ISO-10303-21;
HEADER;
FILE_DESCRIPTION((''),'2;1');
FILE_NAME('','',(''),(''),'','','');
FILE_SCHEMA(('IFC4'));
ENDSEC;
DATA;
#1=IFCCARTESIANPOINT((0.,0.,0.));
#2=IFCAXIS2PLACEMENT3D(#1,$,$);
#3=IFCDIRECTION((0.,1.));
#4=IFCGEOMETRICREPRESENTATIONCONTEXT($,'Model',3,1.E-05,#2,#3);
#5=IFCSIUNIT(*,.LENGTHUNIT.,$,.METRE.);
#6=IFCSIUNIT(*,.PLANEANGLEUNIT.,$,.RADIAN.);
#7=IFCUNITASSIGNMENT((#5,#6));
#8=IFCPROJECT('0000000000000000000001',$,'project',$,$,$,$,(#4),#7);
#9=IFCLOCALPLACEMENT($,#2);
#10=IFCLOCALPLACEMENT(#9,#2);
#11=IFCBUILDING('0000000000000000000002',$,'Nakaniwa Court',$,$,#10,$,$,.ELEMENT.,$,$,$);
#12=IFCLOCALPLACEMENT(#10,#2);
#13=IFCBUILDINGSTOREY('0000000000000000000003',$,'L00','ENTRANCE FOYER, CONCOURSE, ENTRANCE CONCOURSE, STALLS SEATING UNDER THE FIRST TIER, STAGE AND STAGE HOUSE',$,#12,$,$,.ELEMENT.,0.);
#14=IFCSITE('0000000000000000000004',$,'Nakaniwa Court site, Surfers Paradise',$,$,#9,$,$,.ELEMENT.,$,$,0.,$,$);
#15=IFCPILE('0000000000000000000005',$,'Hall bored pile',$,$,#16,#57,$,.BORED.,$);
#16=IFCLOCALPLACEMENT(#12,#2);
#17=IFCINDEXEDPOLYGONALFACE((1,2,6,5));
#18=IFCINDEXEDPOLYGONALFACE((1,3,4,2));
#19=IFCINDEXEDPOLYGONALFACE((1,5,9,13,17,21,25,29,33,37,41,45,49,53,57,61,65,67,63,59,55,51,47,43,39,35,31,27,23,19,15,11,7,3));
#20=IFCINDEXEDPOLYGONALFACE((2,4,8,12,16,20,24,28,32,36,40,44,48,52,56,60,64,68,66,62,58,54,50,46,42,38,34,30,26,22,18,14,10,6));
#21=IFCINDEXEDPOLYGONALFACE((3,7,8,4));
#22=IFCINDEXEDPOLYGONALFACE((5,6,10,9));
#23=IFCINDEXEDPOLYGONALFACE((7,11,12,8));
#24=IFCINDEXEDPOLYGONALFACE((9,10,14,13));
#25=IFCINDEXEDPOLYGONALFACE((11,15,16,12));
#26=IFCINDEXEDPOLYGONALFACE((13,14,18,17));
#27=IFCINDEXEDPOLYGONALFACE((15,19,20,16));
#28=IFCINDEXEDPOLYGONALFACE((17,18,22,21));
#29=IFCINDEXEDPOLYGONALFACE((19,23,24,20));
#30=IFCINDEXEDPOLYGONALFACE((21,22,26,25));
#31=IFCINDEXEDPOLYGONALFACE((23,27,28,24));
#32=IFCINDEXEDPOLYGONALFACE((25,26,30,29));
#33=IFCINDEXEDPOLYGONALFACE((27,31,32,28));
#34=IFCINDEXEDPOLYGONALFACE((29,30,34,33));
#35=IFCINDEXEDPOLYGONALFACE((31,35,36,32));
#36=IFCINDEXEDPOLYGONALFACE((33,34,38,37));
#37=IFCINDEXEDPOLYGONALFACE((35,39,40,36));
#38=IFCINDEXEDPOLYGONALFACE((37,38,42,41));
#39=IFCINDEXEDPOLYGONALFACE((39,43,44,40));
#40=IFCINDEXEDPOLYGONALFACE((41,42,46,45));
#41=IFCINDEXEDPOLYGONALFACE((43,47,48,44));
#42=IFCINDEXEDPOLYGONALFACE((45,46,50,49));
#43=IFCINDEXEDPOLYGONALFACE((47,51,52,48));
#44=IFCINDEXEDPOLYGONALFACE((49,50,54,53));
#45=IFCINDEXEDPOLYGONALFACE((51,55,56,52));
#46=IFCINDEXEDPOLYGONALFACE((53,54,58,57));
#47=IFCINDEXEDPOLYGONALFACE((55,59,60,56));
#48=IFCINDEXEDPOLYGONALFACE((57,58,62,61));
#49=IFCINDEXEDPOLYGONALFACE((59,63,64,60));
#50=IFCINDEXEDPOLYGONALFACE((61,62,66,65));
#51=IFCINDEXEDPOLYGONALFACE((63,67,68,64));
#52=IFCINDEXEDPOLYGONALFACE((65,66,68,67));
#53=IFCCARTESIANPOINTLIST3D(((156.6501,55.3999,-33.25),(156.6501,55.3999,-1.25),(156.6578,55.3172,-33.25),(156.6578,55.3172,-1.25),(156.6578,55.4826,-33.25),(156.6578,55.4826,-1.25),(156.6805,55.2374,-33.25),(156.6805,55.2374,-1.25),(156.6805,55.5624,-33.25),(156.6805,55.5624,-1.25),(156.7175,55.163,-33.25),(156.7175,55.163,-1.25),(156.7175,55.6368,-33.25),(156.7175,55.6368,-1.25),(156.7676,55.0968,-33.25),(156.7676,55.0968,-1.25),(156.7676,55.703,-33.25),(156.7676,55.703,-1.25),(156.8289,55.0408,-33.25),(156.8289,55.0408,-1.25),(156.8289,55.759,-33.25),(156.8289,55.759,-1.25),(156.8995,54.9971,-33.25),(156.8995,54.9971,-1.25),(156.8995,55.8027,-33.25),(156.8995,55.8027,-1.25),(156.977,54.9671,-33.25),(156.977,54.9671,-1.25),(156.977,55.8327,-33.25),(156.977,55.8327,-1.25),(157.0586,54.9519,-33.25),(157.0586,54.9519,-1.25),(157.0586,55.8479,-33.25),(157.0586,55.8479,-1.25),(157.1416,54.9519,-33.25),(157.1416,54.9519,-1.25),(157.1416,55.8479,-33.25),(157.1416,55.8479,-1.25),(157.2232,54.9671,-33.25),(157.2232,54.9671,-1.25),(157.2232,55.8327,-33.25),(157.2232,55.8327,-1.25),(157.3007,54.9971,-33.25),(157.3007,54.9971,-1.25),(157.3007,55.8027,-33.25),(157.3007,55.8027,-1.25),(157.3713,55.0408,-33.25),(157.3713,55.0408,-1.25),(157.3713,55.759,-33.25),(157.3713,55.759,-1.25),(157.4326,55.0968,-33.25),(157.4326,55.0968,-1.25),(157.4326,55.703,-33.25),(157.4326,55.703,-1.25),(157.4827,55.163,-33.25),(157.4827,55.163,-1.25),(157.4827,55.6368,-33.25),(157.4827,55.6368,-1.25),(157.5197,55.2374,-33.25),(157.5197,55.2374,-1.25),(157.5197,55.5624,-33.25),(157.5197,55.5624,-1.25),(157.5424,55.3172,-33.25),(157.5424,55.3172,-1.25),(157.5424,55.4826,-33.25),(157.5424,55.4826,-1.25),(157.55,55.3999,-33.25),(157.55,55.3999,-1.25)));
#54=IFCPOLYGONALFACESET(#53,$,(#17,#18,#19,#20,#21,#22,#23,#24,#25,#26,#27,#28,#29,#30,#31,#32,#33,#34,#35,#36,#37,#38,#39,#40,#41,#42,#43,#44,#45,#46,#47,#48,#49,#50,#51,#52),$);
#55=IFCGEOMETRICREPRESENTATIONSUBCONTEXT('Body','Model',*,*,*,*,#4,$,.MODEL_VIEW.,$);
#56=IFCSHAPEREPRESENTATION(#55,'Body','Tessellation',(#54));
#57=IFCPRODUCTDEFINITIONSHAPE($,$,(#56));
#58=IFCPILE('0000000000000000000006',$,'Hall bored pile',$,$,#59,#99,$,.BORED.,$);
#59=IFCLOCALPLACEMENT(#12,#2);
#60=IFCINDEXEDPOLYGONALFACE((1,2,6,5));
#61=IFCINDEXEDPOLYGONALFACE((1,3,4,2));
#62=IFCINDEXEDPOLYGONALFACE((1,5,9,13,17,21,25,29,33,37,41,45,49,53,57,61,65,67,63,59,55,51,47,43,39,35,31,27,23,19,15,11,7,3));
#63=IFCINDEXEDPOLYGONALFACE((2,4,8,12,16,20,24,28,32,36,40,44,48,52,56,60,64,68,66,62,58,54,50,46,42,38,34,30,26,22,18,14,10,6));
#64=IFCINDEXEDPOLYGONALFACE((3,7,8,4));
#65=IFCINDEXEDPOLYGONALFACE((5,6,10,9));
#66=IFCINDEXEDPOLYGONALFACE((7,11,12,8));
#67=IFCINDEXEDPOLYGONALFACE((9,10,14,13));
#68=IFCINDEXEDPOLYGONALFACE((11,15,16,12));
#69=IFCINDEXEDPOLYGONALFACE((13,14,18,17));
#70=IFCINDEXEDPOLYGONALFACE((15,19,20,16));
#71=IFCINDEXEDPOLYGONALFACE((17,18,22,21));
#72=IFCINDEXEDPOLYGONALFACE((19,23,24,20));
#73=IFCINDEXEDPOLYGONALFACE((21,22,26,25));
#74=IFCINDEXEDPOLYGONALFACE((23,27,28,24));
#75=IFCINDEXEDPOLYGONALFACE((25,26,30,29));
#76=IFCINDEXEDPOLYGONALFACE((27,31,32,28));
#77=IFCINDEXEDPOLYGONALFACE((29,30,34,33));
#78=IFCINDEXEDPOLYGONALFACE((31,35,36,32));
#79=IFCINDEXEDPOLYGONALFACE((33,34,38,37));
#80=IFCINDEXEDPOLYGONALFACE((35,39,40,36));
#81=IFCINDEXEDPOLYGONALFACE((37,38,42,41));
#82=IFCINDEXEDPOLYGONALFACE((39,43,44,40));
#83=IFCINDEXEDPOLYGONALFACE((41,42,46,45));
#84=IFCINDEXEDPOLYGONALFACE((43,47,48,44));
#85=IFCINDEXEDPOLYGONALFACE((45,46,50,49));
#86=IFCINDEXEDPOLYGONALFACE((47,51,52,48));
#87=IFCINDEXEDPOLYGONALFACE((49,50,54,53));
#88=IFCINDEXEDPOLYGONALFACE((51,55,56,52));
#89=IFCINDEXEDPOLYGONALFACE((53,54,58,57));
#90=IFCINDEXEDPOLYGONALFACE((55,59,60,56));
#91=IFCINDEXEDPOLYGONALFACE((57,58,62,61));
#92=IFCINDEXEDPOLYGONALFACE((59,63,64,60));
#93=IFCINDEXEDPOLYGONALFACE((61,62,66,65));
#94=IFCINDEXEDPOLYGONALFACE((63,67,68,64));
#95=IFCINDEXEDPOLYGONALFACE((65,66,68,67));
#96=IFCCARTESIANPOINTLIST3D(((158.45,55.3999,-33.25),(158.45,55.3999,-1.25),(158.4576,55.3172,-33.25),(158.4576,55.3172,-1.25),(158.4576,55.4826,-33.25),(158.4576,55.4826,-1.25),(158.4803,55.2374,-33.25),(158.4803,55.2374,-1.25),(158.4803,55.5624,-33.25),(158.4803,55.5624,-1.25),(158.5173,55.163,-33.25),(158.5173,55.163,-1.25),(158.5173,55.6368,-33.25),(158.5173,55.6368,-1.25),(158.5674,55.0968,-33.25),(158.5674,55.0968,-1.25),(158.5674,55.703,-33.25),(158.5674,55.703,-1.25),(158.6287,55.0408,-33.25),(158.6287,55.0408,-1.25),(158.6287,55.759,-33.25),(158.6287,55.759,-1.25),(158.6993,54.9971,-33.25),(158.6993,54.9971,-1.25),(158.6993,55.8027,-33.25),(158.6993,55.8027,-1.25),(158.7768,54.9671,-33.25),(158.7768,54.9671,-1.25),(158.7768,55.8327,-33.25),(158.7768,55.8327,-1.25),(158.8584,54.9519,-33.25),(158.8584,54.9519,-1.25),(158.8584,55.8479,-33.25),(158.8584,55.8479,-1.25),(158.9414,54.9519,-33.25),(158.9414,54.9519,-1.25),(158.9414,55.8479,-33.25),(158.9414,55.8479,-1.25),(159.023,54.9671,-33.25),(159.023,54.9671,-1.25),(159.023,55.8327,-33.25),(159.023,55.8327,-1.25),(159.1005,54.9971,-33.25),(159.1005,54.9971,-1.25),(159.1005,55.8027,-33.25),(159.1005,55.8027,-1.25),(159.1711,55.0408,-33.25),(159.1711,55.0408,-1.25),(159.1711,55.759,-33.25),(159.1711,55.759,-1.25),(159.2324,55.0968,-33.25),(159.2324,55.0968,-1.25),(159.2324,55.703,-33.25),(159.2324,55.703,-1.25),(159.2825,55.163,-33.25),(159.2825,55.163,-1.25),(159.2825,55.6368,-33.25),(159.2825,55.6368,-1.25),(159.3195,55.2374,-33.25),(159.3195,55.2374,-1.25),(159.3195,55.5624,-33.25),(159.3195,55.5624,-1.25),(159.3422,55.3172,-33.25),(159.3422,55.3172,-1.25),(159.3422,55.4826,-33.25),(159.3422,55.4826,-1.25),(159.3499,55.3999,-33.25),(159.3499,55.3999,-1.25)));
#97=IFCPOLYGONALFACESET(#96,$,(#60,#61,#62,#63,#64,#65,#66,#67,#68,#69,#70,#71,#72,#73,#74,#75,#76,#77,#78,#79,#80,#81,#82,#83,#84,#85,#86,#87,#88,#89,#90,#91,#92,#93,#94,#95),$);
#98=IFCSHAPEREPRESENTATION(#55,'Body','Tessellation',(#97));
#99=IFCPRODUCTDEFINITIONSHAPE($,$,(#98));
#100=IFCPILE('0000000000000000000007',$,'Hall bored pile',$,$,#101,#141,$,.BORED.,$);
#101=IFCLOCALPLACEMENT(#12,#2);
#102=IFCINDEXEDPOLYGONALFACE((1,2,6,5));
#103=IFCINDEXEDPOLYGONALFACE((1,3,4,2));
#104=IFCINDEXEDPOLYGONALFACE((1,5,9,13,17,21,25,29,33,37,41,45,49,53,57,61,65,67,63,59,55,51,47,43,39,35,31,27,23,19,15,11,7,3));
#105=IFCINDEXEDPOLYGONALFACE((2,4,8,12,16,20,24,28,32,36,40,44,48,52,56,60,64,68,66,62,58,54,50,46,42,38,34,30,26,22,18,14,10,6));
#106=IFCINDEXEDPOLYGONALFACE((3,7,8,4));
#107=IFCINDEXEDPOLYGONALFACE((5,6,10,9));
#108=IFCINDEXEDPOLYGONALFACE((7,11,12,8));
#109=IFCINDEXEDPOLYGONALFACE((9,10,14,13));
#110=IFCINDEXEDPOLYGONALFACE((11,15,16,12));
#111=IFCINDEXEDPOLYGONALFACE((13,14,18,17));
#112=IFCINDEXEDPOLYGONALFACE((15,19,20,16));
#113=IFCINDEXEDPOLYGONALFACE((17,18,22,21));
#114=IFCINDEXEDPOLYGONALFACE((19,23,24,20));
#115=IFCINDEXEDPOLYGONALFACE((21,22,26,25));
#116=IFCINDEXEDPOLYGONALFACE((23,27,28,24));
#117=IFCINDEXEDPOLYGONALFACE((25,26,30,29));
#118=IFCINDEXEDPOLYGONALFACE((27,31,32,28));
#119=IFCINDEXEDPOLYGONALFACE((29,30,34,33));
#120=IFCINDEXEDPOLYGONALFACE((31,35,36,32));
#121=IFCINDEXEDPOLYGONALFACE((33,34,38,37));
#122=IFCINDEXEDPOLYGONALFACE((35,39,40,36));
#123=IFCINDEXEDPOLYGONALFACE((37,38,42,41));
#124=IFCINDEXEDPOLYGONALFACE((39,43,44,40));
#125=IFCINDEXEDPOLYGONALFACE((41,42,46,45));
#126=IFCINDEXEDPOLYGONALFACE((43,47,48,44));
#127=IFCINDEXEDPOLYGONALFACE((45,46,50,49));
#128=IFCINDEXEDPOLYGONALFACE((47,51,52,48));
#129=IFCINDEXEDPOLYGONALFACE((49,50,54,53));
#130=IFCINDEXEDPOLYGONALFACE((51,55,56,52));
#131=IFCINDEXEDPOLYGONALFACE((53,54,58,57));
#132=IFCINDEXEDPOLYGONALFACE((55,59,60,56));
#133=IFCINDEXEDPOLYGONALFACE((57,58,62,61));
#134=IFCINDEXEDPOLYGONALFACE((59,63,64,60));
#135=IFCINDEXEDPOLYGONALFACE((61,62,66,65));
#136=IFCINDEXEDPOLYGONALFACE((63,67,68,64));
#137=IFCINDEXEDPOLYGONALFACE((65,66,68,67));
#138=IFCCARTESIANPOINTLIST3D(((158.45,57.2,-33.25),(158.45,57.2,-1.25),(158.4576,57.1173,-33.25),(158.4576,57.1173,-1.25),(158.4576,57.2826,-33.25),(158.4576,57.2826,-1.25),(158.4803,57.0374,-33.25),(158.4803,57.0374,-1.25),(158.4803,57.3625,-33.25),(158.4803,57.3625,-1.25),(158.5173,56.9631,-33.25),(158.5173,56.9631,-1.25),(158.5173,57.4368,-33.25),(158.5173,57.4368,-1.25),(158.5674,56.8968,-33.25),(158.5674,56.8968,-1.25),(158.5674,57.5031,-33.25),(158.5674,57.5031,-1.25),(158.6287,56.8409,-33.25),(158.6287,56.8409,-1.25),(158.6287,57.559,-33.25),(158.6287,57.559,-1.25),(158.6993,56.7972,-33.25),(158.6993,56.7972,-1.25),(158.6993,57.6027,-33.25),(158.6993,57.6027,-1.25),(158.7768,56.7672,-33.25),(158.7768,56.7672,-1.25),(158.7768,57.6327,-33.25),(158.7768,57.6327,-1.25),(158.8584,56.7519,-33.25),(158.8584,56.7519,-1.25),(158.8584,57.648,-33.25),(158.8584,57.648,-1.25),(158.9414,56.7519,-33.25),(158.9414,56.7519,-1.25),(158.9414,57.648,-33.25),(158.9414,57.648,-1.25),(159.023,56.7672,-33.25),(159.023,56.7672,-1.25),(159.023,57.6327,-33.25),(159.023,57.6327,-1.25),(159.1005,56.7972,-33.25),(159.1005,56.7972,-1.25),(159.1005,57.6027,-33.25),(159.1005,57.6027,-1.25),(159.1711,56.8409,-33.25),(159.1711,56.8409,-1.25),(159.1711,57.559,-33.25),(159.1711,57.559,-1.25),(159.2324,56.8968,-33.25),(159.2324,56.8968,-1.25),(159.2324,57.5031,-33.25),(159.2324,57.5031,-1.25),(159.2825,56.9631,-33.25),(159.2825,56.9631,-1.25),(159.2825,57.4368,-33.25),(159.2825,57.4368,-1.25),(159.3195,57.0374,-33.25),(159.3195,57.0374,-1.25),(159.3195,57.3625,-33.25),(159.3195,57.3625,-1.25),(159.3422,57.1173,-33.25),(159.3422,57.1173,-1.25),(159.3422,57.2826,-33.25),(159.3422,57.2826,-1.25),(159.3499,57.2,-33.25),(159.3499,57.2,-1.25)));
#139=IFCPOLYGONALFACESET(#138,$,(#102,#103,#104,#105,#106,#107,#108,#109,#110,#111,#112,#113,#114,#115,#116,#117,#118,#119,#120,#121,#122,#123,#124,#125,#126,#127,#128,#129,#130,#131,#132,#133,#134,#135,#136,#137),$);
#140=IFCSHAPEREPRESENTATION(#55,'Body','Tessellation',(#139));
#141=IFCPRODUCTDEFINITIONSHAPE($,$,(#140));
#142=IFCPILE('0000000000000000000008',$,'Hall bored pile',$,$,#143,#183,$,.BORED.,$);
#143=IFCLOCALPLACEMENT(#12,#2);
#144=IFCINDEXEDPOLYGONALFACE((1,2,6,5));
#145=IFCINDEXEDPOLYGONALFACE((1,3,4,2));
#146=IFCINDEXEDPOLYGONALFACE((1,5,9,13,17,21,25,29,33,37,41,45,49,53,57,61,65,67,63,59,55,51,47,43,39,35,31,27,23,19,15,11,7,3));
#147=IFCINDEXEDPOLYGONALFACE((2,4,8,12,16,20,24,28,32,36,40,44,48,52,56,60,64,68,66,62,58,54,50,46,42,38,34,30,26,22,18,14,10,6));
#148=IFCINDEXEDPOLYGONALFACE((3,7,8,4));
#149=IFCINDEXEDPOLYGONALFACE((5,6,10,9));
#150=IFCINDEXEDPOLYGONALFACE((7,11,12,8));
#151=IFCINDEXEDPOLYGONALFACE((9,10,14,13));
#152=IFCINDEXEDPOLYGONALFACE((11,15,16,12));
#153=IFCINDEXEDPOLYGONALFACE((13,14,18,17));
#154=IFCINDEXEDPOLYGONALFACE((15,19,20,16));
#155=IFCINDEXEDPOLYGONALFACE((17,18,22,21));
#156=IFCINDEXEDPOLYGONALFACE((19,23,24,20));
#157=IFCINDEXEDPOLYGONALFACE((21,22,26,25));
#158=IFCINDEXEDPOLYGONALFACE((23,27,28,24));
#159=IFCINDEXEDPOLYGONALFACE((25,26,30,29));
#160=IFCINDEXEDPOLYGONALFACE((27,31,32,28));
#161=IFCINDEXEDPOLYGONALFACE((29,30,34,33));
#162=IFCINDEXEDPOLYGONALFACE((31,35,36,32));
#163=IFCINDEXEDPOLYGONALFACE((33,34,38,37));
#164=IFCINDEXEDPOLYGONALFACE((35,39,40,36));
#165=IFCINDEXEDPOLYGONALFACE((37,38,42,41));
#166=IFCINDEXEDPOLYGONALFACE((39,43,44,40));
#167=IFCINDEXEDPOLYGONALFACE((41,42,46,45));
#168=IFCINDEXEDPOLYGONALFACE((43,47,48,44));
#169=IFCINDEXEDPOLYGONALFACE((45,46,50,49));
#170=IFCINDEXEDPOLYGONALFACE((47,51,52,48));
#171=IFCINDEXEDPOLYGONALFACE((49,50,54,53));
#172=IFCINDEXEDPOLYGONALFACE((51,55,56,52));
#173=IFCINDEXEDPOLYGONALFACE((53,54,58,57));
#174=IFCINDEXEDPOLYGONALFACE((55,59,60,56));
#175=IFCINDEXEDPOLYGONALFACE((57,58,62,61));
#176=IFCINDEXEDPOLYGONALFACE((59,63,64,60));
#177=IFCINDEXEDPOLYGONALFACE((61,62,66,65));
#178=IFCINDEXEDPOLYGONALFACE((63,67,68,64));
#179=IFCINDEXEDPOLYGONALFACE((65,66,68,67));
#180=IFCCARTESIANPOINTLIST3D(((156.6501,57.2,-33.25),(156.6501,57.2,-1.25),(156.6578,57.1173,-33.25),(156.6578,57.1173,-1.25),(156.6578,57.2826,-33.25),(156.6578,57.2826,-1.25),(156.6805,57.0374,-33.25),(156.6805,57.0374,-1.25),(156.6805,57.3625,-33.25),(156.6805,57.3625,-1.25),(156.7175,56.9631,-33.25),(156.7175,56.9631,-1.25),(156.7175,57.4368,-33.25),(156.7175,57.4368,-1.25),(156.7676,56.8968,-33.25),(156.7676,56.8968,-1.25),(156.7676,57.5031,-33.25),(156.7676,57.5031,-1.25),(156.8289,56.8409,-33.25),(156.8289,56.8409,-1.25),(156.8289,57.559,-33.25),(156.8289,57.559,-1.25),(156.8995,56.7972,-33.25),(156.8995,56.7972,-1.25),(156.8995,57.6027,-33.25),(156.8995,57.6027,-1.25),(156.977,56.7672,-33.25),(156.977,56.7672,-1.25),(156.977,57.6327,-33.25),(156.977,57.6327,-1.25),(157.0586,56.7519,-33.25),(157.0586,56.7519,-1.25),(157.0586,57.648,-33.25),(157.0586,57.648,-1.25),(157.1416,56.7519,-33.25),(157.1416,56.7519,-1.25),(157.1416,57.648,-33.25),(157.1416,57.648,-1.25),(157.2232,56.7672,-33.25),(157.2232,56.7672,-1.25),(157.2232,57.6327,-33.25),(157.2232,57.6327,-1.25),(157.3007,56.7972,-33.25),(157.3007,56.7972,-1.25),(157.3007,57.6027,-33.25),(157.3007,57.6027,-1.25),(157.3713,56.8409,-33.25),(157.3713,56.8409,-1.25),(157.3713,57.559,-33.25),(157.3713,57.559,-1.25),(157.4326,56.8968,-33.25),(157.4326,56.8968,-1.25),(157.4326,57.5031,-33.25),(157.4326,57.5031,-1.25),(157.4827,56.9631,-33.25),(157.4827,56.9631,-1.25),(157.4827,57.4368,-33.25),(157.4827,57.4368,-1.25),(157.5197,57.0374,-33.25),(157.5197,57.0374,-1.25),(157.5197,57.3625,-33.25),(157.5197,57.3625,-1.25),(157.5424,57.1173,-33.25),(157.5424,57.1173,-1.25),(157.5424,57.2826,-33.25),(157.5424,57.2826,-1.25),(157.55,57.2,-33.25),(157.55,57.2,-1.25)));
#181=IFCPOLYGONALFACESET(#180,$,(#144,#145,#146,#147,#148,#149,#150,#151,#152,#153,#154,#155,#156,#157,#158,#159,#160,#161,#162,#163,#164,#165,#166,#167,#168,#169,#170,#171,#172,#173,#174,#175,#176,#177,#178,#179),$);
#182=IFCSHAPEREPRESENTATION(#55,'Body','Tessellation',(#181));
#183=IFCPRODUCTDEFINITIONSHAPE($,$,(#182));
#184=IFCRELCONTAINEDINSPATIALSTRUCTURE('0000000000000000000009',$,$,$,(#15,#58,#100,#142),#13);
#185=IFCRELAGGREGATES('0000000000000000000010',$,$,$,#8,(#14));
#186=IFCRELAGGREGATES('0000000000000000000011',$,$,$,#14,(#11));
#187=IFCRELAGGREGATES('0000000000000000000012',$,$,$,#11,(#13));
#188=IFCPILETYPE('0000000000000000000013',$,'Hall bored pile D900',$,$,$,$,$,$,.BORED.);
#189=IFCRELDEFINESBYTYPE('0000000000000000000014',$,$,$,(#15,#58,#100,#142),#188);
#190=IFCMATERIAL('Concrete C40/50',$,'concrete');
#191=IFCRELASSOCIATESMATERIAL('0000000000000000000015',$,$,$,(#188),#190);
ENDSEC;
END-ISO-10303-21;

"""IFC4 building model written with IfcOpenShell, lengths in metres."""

from ifc_helpers import new_model, si_unit, direction, frame, origin, origin_2d, place, context, subcontext, project, spatial, circle, extrude, material, material_profile, profile_set, type_object, element, save


model = new_model("IFC4")

# Units and contexts
model_context = context("Model", 3, precision=1e-05, world=origin(), true_north=direction((0.0, 1.0)))
body_context = subcontext(model_context, "Body", "Model", "MODEL_VIEW")
ifc_project = project(units=[si_unit("LENGTHUNIT", "METRE"), si_unit("PLANEANGLEUNIT", "RADIAN")], contexts=[model_context])

# Site, building, storey
site_placement = place(None, origin())
site = spatial("IfcSite", under=ifc_project, at=site_placement, Name="Nakaniwa Court site, Surfers Paradise", CompositionType="ELEMENT", RefElevation=0.0)
building_placement = place(site_placement, origin())
building = spatial("IfcBuilding", under=site, at=building_placement, Name="Nakaniwa Court", CompositionType="ELEMENT")
storey_placement = place(building_placement, origin())
storey = spatial("IfcBuildingStorey", under=building, at=storey_placement, Name="L00", Description="ENTRANCE FOYER, CONCOURSE, ENTRANCE CONCOURSE, STALLS SEATING UNDER THE FIRST TIER, STAGE AND STAGE HOUSE", CompositionType="ELEMENT", Elevation=0.0)

# Piles
ifc_material_1 = material(Name="Concrete C40/50", Category="concrete")
ifc_material_profile_1 = material_profile(ifc_material_1, circle(Radius=0.45, at=origin_2d()), Name="Bored pile D900")
ifc_profile_set_1 = profile_set([ifc_material_profile_1], Name="Concrete C40/50")
pile_type = type_object("IfcPileType", Name="Hall bored pile D900", PredefinedType="BORED", material=ifc_profile_set_1)
for number, where, z_axis, x_axis, name in (
    (1, (157.1001, 55.3999, -1.25), (0.0, 0.0, -1.0), (1.0, 0.0, 0.0), "Hall bored pile"),
    (2, (158.8999, 55.3999, -1.25), (0.0, 0.0, -1.0), (1.0, 0.0, 0.0), "Hall bored pile"),
    (3, (158.8999, 57.2, -1.25), (0.0, 0.0, -1.0), (1.0, 0.0, 0.0), "Hall bored pile"),
    (4, (157.1001, 57.2, -1.25), (0.0, 0.0, -1.0), (1.0, 0.0, 0.0), "Hall bored pile"),
):
    element("IfcPile", number, at=place(storey_placement, frame(where, z_axis=z_axis, x_axis=x_axis)), inside=storey, type_object=pile_type, Name=name, PredefinedType="BORED", context=body_context, shape_type="SweptSolid", body=[
        extrude(circle(Radius=0.45, at=origin_2d()), origin(), (0.0, 0.0, 1.0), 32.0),
    ])

save(model, "model.ifc")
